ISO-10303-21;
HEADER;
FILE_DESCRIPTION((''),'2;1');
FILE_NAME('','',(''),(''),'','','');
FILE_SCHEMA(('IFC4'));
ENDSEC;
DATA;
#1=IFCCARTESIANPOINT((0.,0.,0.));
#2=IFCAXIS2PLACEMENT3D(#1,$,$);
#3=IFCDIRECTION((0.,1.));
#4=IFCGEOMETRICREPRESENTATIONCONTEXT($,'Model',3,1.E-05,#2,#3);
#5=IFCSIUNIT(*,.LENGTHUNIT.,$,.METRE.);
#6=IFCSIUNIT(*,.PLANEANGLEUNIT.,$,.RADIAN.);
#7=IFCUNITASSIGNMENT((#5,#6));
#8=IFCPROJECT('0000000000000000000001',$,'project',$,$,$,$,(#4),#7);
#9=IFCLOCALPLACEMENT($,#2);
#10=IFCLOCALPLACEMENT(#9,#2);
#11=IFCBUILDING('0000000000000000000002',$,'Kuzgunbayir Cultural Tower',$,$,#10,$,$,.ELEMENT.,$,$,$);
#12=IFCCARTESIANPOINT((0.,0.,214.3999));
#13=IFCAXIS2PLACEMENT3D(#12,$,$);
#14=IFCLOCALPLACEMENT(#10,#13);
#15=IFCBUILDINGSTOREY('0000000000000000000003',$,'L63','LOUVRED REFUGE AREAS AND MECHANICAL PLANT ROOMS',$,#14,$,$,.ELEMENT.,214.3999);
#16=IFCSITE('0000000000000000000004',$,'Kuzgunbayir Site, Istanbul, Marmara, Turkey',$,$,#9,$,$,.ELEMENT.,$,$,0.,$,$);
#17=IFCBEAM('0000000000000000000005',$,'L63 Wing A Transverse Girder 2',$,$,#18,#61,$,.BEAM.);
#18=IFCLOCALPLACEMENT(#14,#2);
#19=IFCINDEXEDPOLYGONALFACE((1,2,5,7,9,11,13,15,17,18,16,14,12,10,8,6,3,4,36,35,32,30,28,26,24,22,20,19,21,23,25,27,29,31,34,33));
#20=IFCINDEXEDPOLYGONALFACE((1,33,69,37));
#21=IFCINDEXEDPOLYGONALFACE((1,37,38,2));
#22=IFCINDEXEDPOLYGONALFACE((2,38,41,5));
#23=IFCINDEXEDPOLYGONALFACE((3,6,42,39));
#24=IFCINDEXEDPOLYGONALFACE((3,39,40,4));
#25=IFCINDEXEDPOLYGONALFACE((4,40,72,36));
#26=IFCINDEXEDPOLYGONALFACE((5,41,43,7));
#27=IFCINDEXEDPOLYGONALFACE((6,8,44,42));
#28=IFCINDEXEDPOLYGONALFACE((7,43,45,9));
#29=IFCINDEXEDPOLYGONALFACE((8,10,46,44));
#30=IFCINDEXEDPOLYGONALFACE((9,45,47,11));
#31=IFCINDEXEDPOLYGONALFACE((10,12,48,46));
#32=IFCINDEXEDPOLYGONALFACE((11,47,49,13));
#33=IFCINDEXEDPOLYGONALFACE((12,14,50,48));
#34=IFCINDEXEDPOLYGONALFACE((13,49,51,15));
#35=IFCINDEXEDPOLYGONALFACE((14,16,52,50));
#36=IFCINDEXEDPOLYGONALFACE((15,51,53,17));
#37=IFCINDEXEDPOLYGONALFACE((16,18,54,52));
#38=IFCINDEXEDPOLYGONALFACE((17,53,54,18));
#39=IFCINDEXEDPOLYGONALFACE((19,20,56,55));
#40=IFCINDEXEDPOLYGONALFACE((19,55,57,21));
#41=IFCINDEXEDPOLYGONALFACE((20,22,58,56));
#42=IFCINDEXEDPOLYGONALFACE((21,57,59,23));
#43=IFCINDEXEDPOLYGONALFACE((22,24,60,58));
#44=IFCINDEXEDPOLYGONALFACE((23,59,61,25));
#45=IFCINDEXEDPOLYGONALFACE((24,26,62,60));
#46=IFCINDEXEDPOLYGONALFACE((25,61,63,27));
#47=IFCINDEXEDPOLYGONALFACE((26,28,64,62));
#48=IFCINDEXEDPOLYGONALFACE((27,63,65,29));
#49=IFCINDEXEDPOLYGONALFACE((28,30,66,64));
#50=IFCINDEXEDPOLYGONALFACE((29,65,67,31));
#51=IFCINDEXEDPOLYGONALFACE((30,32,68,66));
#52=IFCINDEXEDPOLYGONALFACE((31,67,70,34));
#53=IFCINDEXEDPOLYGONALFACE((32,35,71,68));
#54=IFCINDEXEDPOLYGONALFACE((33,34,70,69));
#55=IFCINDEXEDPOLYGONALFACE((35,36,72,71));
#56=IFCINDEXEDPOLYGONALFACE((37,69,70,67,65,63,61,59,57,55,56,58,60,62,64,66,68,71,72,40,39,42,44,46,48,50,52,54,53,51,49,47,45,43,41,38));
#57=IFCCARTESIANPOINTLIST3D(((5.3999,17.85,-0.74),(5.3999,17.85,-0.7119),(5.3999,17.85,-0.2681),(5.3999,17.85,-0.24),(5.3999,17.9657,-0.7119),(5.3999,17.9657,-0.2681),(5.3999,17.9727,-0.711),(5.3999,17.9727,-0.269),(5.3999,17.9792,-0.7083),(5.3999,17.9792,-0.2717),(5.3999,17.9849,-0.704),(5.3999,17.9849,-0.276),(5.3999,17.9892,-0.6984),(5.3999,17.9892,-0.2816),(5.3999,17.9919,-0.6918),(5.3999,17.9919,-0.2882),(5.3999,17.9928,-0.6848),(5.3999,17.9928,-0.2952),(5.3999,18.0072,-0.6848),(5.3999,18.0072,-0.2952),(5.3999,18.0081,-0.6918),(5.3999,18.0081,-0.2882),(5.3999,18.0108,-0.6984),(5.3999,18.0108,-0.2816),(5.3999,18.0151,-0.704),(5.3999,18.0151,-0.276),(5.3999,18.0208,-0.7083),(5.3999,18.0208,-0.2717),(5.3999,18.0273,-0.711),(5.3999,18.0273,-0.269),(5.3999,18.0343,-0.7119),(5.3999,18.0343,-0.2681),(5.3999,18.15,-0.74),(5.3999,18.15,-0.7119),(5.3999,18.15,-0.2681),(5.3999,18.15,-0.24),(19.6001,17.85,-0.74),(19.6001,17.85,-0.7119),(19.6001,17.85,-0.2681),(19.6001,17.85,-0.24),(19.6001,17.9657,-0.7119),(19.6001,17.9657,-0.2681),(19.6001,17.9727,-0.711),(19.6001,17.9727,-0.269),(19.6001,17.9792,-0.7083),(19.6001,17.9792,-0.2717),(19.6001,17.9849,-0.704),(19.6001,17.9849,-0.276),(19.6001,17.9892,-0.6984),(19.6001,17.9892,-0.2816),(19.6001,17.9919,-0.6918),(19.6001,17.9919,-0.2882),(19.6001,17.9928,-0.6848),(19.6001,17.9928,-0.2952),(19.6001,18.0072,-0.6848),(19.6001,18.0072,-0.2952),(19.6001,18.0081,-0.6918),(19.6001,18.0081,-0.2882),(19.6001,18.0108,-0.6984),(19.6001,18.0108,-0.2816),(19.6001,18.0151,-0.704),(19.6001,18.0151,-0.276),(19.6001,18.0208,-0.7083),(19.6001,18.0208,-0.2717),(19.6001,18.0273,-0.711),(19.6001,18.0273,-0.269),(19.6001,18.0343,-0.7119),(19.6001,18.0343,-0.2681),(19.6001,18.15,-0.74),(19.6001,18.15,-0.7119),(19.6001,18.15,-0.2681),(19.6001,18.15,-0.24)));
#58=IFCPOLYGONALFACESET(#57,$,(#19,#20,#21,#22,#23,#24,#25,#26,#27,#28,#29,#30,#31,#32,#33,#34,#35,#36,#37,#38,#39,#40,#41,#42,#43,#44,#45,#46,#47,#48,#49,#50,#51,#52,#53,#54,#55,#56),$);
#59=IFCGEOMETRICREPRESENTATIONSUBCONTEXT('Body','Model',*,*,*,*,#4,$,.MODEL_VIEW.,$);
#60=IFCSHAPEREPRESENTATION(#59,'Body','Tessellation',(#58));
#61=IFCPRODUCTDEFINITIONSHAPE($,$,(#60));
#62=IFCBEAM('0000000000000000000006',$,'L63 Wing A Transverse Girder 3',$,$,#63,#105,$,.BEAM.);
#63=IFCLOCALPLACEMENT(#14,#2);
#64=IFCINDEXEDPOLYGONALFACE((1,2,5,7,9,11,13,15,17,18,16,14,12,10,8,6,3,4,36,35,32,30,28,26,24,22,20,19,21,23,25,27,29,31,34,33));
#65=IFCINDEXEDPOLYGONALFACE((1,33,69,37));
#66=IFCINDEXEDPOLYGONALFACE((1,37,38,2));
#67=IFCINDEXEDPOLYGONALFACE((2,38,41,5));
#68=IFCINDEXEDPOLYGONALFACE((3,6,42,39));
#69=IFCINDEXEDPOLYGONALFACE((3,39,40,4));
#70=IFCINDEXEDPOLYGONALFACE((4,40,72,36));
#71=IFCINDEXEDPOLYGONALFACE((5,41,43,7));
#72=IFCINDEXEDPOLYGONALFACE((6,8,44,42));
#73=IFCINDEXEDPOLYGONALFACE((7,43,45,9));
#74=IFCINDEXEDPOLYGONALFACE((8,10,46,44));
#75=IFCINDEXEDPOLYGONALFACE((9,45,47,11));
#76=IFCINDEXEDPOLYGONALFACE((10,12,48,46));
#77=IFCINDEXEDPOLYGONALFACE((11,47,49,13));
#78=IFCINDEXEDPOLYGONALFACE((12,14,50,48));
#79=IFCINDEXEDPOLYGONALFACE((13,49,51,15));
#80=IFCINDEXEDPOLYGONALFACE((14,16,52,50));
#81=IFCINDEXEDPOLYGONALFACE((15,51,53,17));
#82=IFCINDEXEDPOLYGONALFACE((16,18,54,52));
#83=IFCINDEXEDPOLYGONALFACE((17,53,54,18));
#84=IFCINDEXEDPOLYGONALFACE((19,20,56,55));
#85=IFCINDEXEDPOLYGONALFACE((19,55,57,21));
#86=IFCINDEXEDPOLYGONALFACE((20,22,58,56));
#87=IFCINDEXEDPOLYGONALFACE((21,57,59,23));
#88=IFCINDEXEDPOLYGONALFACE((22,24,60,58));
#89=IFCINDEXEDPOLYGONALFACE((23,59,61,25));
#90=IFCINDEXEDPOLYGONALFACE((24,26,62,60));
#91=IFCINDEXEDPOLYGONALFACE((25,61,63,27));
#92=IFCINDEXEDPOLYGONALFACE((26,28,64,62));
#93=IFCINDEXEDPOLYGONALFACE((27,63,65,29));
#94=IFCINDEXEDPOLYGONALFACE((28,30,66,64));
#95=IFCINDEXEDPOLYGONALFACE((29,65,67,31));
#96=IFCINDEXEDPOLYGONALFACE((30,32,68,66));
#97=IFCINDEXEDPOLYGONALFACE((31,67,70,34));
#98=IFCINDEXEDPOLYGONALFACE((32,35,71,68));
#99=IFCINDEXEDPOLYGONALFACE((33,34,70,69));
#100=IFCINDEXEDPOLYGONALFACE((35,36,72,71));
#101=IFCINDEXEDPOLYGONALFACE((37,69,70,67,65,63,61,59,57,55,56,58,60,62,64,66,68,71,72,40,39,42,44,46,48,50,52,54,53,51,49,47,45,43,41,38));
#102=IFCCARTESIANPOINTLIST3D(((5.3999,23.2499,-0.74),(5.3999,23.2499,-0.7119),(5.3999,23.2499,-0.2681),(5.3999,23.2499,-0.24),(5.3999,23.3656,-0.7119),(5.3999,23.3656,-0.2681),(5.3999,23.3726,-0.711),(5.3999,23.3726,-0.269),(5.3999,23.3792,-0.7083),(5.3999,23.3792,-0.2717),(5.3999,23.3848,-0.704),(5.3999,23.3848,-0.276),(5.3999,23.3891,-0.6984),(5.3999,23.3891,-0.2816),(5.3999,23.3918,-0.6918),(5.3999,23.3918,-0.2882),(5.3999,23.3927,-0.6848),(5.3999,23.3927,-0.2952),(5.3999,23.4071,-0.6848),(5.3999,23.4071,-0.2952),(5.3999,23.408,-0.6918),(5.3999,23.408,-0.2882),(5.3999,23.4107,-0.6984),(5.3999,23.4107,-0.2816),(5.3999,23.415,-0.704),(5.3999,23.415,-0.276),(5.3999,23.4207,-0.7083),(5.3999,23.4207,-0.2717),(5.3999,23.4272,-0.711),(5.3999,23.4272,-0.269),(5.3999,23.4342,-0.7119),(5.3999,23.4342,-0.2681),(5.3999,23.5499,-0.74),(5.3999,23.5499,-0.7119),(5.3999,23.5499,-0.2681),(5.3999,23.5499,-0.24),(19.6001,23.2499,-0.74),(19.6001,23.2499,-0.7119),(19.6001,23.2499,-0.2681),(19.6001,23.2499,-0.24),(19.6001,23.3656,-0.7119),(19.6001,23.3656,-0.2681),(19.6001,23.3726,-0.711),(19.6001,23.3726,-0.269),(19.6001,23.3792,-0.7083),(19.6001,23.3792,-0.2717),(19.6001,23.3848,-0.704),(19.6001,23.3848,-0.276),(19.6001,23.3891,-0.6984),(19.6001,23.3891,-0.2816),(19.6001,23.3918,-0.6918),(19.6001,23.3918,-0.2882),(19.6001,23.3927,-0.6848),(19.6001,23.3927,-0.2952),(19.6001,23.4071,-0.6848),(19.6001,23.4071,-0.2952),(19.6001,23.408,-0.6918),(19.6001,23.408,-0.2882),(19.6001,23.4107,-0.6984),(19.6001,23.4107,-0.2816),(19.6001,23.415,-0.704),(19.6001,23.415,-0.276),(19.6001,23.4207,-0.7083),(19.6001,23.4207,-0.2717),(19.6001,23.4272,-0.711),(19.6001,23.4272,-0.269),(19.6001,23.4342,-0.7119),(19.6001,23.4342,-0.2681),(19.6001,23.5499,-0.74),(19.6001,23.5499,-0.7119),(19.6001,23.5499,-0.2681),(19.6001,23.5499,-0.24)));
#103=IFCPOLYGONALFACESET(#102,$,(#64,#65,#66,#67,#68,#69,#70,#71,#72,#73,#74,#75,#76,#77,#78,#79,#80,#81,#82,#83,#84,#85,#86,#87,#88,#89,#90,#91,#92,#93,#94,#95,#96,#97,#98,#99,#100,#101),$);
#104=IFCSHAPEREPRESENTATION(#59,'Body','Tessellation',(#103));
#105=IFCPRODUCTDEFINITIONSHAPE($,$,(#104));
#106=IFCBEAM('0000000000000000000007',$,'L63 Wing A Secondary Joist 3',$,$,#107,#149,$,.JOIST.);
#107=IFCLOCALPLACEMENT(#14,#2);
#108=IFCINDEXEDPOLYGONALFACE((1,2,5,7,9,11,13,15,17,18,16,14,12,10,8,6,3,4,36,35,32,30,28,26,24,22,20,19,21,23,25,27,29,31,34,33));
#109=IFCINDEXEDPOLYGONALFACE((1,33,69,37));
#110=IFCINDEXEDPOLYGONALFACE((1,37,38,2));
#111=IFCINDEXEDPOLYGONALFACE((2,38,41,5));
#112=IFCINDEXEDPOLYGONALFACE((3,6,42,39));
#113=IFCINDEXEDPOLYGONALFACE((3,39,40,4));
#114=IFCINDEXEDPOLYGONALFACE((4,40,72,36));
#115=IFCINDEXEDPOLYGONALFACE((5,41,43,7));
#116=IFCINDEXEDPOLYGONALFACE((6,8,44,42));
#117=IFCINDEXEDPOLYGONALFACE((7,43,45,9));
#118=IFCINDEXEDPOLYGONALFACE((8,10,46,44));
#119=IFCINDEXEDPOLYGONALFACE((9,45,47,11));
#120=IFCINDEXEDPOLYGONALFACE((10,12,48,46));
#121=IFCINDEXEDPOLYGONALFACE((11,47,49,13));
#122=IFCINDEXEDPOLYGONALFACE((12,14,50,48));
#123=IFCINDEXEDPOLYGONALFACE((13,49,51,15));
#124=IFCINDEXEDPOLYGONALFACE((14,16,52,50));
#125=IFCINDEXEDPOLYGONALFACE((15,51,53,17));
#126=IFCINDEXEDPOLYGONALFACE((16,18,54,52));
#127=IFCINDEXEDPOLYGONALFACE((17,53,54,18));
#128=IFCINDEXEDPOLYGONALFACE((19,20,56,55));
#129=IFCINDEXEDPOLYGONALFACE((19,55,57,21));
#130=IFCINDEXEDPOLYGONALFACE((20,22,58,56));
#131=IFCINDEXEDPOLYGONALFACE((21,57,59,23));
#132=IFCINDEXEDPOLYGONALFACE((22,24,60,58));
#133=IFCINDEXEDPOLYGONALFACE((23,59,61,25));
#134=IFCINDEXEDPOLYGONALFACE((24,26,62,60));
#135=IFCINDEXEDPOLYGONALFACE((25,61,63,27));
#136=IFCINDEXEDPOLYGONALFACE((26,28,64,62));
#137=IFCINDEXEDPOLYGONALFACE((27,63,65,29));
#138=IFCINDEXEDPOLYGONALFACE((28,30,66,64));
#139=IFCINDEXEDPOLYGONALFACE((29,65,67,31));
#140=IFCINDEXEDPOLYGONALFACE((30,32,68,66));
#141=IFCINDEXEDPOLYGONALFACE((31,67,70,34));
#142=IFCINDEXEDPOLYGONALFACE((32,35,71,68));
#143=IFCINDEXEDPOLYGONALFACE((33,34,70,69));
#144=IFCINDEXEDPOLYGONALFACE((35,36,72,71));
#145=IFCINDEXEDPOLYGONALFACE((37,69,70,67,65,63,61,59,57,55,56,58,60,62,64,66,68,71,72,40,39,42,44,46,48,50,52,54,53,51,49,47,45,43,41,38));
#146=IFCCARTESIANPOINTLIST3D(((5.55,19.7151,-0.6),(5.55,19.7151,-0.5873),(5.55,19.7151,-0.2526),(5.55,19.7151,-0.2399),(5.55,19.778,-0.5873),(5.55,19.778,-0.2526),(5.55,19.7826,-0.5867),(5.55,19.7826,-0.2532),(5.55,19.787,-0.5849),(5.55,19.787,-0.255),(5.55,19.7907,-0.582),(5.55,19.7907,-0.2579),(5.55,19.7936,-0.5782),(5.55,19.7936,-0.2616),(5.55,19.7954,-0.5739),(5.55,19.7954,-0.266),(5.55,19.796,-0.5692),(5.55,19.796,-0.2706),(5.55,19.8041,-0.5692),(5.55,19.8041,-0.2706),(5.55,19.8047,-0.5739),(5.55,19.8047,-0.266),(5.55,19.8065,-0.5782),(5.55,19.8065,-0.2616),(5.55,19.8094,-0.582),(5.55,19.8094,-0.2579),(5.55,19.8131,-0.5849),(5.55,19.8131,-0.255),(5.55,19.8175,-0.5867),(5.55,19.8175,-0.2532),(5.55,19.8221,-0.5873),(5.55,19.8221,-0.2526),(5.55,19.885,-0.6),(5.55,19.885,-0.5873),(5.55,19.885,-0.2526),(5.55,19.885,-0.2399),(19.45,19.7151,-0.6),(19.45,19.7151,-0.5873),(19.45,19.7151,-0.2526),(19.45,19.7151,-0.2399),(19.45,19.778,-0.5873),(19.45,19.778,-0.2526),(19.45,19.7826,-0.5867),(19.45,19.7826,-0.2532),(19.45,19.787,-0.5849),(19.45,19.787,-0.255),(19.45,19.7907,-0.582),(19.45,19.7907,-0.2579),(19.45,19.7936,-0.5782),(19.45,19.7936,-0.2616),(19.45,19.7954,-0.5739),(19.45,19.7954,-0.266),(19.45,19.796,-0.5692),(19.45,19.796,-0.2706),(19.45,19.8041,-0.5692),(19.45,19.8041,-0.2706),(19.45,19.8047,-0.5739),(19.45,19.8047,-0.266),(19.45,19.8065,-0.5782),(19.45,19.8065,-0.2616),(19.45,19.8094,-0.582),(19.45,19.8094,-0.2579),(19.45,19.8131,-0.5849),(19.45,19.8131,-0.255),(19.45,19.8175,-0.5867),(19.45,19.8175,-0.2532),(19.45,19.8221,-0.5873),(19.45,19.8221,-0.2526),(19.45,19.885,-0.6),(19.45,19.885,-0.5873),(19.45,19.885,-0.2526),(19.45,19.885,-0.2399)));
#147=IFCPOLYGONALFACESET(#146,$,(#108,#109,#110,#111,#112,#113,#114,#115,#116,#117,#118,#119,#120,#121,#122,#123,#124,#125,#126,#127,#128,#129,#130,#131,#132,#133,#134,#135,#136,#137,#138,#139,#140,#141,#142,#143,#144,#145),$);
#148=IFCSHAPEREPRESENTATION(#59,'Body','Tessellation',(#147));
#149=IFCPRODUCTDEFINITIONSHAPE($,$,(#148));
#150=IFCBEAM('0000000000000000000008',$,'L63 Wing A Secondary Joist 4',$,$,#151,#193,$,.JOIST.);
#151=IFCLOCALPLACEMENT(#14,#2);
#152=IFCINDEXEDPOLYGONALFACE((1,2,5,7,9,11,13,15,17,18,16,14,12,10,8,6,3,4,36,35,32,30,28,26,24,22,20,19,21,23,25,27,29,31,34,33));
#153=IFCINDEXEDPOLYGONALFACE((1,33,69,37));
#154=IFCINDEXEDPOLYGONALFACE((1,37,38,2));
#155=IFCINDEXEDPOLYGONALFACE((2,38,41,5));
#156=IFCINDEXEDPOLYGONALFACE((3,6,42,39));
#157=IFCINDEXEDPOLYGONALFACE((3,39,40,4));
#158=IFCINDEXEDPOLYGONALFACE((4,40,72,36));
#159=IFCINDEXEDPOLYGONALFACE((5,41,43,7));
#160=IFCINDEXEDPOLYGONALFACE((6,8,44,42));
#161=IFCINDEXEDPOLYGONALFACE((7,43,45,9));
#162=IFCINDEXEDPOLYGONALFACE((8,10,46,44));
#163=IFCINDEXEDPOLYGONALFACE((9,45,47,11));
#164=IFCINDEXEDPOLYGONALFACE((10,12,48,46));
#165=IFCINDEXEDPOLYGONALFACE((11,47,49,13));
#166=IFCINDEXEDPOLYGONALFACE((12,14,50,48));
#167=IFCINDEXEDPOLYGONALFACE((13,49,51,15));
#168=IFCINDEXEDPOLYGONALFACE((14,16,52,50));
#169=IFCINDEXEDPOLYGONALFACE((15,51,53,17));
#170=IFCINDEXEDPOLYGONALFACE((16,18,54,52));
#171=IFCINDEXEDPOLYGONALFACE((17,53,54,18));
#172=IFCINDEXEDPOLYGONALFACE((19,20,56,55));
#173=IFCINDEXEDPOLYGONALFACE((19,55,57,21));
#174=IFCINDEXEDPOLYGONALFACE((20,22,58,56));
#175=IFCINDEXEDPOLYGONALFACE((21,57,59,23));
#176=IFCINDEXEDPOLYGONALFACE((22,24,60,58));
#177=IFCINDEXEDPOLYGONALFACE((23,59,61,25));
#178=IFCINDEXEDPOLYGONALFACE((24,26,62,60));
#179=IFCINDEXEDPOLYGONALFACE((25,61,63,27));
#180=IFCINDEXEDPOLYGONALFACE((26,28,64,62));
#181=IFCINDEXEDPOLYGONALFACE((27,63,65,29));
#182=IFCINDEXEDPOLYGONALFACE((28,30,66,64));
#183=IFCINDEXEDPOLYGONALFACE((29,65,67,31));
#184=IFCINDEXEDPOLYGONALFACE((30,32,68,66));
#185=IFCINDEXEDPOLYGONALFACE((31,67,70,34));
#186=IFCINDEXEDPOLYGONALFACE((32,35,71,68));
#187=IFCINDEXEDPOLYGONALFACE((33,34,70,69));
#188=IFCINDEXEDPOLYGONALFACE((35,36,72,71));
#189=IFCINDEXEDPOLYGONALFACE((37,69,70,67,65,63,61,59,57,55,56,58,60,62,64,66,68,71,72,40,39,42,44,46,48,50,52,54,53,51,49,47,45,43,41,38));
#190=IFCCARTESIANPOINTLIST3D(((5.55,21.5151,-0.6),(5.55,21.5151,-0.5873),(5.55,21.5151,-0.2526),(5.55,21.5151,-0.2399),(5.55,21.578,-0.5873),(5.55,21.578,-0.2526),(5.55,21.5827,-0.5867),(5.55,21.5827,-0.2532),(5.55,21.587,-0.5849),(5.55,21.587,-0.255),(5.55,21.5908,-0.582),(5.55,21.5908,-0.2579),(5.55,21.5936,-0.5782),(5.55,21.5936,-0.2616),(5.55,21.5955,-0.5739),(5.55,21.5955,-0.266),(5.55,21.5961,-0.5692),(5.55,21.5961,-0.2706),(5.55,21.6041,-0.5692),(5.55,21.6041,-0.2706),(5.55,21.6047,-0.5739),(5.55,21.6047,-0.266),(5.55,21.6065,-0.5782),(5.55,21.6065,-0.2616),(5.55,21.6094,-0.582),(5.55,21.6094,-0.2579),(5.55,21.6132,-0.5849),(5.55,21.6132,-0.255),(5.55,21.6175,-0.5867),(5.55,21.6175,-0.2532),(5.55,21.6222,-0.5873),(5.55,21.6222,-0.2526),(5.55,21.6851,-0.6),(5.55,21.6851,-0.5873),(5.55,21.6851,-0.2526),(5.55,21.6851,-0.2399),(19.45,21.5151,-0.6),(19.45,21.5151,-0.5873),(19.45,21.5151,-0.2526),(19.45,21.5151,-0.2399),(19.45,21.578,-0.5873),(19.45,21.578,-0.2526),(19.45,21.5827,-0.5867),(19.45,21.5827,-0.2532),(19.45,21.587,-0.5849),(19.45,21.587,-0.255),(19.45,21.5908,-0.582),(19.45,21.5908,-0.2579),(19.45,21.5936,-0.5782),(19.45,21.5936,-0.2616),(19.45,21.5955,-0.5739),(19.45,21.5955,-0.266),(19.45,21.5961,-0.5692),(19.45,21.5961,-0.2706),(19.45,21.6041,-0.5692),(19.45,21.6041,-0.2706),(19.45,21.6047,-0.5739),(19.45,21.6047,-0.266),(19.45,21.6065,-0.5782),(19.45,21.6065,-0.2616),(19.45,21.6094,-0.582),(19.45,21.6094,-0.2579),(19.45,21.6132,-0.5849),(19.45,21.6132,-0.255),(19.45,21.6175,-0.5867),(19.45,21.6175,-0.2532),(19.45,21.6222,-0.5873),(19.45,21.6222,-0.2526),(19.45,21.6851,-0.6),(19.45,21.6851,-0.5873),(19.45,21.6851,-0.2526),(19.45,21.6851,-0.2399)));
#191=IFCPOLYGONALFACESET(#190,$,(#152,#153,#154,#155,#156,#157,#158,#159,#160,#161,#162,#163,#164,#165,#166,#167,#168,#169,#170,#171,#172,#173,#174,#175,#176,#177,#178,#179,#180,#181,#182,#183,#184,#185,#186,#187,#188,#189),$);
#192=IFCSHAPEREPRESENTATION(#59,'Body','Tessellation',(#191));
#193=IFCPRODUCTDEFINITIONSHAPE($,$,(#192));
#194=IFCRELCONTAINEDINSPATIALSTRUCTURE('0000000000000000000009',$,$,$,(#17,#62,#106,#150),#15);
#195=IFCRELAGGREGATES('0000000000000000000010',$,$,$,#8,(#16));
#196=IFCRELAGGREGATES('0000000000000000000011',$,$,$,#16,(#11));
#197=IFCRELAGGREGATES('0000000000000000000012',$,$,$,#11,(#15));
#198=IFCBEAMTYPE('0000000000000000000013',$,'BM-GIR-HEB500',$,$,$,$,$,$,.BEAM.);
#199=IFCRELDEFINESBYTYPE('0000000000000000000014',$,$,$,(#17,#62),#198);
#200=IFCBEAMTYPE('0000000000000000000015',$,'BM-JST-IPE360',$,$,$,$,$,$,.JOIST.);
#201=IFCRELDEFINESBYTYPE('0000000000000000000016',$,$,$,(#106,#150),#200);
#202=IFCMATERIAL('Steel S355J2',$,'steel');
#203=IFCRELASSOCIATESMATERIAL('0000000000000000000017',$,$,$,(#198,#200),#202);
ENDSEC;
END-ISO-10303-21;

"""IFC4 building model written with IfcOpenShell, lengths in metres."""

from ifc_helpers import new_model, si_unit, direction, frame, origin, origin_2d, place, context, subcontext, project, spatial, i_section, extrude, material, material_profile, profile_set, type_object, element, save


model = new_model("IFC4")

# Units and contexts
model_context = context("Model", 3, precision=1e-05, world=origin(), true_north=direction((0.0, 1.0)))
body_context = subcontext(model_context, "Body", "Model", "MODEL_VIEW")
ifc_project = project(units=[si_unit("LENGTHUNIT", "METRE"), si_unit("PLANEANGLEUNIT", "RADIAN")], contexts=[model_context])

# Site, building, storey
site_placement = place(None, origin())
site = spatial("IfcSite", under=ifc_project, at=site_placement, Name="Kuzgunbayir Site, Istanbul, Marmara, Turkey", CompositionType="ELEMENT", RefElevation=0.0)
building_placement = place(site_placement, origin())
building = spatial("IfcBuilding", under=site, at=building_placement, Name="Kuzgunbayir Cultural Tower", CompositionType="ELEMENT")
storey_placement = place(building_placement, frame((0.0, 0.0, 214.3999)))
storey = spatial("IfcBuildingStorey", under=building, at=storey_placement, Name="L63", Description="LOUVRED REFUGE AREAS AND MECHANICAL PLANT ROOMS", CompositionType="ELEMENT", Elevation=214.3999)

# Beams
ifc_material_1 = material(Name="Steel S355J2", Category="steel")
ifc_material_profile_1 = material_profile(ifc_material_1, i_section(OverallWidth=0.3, OverallDepth=0.5, WebThickness=0.0144, FlangeThickness=0.0281, FilletRadius=0.0271, at=origin_2d()), Name="HEB 500")
ifc_profile_set_1 = profile_set([ifc_material_profile_1], Name="Steel S355J2")
beam_type_1 = type_object("IfcBeamType", Name="BM-GIR-HEB500", PredefinedType="BEAM", material=ifc_profile_set_1)
for number, where, z_axis, x_axis, name in (
    (1, (5.3999, 18.0, -0.49), (1.0, 0.0, 0.0), (0.0, 1.0, 0.0), "L63 Wing A Transverse Girder 2"),
    (2, (5.3999, 23.3999, -0.49), (1.0, 0.0, 0.0), (0.0, 1.0, 0.0), "L63 Wing A Transverse Girder 3"),
):
    element("IfcBeam", number, at=place(storey_placement, frame(where, z_axis=z_axis, x_axis=x_axis)), inside=storey, type_object=beam_type_1, Name=name, PredefinedType="BEAM", context=body_context, shape_type="SweptSolid", body=[
        extrude(i_section(OverallWidth=0.3, OverallDepth=0.5, WebThickness=0.0144, FlangeThickness=0.0281, FilletRadius=0.0271, at=origin_2d()), origin(), (0.0, 0.0, 1.0), 14.2002),
    ])
ifc_material_profile_2 = material_profile(ifc_material_1, i_section(OverallWidth=0.1699, OverallDepth=0.3601, WebThickness=0.0081, FlangeThickness=0.0127, FilletRadius=0.0181, at=origin_2d()), Name="IPE 360")
ifc_profile_set_2 = profile_set([ifc_material_profile_2], Name="Steel S355J2")
beam_type_2 = type_object("IfcBeamType", Name="BM-JST-IPE360", PredefinedType="JOIST", material=ifc_profile_set_2)
for number, where, z_axis, x_axis, name in (
    (3, (5.55, 19.8, -0.4199), (1.0, 0.0, 0.0), (0.0, 1.0, 0.0), "L63 Wing A Secondary Joist 3"),
    (4, (5.55, 21.6001, -0.4199), (1.0, 0.0, 0.0), (0.0, 1.0, 0.0), "L63 Wing A Secondary Joist 4"),
):
    element("IfcBeam", number, at=place(storey_placement, frame(where, z_axis=z_axis, x_axis=x_axis)), inside=storey, type_object=beam_type_2, Name=name, PredefinedType="JOIST", context=body_context, shape_type="SweptSolid", body=[
        extrude(i_section(OverallWidth=0.1699, OverallDepth=0.3601, WebThickness=0.0081, FlangeThickness=0.0127, FilletRadius=0.0181, at=origin_2d()), origin(), (0.0, 0.0, 1.0), 13.8999),
    ])

save(model, "model.ifc")
